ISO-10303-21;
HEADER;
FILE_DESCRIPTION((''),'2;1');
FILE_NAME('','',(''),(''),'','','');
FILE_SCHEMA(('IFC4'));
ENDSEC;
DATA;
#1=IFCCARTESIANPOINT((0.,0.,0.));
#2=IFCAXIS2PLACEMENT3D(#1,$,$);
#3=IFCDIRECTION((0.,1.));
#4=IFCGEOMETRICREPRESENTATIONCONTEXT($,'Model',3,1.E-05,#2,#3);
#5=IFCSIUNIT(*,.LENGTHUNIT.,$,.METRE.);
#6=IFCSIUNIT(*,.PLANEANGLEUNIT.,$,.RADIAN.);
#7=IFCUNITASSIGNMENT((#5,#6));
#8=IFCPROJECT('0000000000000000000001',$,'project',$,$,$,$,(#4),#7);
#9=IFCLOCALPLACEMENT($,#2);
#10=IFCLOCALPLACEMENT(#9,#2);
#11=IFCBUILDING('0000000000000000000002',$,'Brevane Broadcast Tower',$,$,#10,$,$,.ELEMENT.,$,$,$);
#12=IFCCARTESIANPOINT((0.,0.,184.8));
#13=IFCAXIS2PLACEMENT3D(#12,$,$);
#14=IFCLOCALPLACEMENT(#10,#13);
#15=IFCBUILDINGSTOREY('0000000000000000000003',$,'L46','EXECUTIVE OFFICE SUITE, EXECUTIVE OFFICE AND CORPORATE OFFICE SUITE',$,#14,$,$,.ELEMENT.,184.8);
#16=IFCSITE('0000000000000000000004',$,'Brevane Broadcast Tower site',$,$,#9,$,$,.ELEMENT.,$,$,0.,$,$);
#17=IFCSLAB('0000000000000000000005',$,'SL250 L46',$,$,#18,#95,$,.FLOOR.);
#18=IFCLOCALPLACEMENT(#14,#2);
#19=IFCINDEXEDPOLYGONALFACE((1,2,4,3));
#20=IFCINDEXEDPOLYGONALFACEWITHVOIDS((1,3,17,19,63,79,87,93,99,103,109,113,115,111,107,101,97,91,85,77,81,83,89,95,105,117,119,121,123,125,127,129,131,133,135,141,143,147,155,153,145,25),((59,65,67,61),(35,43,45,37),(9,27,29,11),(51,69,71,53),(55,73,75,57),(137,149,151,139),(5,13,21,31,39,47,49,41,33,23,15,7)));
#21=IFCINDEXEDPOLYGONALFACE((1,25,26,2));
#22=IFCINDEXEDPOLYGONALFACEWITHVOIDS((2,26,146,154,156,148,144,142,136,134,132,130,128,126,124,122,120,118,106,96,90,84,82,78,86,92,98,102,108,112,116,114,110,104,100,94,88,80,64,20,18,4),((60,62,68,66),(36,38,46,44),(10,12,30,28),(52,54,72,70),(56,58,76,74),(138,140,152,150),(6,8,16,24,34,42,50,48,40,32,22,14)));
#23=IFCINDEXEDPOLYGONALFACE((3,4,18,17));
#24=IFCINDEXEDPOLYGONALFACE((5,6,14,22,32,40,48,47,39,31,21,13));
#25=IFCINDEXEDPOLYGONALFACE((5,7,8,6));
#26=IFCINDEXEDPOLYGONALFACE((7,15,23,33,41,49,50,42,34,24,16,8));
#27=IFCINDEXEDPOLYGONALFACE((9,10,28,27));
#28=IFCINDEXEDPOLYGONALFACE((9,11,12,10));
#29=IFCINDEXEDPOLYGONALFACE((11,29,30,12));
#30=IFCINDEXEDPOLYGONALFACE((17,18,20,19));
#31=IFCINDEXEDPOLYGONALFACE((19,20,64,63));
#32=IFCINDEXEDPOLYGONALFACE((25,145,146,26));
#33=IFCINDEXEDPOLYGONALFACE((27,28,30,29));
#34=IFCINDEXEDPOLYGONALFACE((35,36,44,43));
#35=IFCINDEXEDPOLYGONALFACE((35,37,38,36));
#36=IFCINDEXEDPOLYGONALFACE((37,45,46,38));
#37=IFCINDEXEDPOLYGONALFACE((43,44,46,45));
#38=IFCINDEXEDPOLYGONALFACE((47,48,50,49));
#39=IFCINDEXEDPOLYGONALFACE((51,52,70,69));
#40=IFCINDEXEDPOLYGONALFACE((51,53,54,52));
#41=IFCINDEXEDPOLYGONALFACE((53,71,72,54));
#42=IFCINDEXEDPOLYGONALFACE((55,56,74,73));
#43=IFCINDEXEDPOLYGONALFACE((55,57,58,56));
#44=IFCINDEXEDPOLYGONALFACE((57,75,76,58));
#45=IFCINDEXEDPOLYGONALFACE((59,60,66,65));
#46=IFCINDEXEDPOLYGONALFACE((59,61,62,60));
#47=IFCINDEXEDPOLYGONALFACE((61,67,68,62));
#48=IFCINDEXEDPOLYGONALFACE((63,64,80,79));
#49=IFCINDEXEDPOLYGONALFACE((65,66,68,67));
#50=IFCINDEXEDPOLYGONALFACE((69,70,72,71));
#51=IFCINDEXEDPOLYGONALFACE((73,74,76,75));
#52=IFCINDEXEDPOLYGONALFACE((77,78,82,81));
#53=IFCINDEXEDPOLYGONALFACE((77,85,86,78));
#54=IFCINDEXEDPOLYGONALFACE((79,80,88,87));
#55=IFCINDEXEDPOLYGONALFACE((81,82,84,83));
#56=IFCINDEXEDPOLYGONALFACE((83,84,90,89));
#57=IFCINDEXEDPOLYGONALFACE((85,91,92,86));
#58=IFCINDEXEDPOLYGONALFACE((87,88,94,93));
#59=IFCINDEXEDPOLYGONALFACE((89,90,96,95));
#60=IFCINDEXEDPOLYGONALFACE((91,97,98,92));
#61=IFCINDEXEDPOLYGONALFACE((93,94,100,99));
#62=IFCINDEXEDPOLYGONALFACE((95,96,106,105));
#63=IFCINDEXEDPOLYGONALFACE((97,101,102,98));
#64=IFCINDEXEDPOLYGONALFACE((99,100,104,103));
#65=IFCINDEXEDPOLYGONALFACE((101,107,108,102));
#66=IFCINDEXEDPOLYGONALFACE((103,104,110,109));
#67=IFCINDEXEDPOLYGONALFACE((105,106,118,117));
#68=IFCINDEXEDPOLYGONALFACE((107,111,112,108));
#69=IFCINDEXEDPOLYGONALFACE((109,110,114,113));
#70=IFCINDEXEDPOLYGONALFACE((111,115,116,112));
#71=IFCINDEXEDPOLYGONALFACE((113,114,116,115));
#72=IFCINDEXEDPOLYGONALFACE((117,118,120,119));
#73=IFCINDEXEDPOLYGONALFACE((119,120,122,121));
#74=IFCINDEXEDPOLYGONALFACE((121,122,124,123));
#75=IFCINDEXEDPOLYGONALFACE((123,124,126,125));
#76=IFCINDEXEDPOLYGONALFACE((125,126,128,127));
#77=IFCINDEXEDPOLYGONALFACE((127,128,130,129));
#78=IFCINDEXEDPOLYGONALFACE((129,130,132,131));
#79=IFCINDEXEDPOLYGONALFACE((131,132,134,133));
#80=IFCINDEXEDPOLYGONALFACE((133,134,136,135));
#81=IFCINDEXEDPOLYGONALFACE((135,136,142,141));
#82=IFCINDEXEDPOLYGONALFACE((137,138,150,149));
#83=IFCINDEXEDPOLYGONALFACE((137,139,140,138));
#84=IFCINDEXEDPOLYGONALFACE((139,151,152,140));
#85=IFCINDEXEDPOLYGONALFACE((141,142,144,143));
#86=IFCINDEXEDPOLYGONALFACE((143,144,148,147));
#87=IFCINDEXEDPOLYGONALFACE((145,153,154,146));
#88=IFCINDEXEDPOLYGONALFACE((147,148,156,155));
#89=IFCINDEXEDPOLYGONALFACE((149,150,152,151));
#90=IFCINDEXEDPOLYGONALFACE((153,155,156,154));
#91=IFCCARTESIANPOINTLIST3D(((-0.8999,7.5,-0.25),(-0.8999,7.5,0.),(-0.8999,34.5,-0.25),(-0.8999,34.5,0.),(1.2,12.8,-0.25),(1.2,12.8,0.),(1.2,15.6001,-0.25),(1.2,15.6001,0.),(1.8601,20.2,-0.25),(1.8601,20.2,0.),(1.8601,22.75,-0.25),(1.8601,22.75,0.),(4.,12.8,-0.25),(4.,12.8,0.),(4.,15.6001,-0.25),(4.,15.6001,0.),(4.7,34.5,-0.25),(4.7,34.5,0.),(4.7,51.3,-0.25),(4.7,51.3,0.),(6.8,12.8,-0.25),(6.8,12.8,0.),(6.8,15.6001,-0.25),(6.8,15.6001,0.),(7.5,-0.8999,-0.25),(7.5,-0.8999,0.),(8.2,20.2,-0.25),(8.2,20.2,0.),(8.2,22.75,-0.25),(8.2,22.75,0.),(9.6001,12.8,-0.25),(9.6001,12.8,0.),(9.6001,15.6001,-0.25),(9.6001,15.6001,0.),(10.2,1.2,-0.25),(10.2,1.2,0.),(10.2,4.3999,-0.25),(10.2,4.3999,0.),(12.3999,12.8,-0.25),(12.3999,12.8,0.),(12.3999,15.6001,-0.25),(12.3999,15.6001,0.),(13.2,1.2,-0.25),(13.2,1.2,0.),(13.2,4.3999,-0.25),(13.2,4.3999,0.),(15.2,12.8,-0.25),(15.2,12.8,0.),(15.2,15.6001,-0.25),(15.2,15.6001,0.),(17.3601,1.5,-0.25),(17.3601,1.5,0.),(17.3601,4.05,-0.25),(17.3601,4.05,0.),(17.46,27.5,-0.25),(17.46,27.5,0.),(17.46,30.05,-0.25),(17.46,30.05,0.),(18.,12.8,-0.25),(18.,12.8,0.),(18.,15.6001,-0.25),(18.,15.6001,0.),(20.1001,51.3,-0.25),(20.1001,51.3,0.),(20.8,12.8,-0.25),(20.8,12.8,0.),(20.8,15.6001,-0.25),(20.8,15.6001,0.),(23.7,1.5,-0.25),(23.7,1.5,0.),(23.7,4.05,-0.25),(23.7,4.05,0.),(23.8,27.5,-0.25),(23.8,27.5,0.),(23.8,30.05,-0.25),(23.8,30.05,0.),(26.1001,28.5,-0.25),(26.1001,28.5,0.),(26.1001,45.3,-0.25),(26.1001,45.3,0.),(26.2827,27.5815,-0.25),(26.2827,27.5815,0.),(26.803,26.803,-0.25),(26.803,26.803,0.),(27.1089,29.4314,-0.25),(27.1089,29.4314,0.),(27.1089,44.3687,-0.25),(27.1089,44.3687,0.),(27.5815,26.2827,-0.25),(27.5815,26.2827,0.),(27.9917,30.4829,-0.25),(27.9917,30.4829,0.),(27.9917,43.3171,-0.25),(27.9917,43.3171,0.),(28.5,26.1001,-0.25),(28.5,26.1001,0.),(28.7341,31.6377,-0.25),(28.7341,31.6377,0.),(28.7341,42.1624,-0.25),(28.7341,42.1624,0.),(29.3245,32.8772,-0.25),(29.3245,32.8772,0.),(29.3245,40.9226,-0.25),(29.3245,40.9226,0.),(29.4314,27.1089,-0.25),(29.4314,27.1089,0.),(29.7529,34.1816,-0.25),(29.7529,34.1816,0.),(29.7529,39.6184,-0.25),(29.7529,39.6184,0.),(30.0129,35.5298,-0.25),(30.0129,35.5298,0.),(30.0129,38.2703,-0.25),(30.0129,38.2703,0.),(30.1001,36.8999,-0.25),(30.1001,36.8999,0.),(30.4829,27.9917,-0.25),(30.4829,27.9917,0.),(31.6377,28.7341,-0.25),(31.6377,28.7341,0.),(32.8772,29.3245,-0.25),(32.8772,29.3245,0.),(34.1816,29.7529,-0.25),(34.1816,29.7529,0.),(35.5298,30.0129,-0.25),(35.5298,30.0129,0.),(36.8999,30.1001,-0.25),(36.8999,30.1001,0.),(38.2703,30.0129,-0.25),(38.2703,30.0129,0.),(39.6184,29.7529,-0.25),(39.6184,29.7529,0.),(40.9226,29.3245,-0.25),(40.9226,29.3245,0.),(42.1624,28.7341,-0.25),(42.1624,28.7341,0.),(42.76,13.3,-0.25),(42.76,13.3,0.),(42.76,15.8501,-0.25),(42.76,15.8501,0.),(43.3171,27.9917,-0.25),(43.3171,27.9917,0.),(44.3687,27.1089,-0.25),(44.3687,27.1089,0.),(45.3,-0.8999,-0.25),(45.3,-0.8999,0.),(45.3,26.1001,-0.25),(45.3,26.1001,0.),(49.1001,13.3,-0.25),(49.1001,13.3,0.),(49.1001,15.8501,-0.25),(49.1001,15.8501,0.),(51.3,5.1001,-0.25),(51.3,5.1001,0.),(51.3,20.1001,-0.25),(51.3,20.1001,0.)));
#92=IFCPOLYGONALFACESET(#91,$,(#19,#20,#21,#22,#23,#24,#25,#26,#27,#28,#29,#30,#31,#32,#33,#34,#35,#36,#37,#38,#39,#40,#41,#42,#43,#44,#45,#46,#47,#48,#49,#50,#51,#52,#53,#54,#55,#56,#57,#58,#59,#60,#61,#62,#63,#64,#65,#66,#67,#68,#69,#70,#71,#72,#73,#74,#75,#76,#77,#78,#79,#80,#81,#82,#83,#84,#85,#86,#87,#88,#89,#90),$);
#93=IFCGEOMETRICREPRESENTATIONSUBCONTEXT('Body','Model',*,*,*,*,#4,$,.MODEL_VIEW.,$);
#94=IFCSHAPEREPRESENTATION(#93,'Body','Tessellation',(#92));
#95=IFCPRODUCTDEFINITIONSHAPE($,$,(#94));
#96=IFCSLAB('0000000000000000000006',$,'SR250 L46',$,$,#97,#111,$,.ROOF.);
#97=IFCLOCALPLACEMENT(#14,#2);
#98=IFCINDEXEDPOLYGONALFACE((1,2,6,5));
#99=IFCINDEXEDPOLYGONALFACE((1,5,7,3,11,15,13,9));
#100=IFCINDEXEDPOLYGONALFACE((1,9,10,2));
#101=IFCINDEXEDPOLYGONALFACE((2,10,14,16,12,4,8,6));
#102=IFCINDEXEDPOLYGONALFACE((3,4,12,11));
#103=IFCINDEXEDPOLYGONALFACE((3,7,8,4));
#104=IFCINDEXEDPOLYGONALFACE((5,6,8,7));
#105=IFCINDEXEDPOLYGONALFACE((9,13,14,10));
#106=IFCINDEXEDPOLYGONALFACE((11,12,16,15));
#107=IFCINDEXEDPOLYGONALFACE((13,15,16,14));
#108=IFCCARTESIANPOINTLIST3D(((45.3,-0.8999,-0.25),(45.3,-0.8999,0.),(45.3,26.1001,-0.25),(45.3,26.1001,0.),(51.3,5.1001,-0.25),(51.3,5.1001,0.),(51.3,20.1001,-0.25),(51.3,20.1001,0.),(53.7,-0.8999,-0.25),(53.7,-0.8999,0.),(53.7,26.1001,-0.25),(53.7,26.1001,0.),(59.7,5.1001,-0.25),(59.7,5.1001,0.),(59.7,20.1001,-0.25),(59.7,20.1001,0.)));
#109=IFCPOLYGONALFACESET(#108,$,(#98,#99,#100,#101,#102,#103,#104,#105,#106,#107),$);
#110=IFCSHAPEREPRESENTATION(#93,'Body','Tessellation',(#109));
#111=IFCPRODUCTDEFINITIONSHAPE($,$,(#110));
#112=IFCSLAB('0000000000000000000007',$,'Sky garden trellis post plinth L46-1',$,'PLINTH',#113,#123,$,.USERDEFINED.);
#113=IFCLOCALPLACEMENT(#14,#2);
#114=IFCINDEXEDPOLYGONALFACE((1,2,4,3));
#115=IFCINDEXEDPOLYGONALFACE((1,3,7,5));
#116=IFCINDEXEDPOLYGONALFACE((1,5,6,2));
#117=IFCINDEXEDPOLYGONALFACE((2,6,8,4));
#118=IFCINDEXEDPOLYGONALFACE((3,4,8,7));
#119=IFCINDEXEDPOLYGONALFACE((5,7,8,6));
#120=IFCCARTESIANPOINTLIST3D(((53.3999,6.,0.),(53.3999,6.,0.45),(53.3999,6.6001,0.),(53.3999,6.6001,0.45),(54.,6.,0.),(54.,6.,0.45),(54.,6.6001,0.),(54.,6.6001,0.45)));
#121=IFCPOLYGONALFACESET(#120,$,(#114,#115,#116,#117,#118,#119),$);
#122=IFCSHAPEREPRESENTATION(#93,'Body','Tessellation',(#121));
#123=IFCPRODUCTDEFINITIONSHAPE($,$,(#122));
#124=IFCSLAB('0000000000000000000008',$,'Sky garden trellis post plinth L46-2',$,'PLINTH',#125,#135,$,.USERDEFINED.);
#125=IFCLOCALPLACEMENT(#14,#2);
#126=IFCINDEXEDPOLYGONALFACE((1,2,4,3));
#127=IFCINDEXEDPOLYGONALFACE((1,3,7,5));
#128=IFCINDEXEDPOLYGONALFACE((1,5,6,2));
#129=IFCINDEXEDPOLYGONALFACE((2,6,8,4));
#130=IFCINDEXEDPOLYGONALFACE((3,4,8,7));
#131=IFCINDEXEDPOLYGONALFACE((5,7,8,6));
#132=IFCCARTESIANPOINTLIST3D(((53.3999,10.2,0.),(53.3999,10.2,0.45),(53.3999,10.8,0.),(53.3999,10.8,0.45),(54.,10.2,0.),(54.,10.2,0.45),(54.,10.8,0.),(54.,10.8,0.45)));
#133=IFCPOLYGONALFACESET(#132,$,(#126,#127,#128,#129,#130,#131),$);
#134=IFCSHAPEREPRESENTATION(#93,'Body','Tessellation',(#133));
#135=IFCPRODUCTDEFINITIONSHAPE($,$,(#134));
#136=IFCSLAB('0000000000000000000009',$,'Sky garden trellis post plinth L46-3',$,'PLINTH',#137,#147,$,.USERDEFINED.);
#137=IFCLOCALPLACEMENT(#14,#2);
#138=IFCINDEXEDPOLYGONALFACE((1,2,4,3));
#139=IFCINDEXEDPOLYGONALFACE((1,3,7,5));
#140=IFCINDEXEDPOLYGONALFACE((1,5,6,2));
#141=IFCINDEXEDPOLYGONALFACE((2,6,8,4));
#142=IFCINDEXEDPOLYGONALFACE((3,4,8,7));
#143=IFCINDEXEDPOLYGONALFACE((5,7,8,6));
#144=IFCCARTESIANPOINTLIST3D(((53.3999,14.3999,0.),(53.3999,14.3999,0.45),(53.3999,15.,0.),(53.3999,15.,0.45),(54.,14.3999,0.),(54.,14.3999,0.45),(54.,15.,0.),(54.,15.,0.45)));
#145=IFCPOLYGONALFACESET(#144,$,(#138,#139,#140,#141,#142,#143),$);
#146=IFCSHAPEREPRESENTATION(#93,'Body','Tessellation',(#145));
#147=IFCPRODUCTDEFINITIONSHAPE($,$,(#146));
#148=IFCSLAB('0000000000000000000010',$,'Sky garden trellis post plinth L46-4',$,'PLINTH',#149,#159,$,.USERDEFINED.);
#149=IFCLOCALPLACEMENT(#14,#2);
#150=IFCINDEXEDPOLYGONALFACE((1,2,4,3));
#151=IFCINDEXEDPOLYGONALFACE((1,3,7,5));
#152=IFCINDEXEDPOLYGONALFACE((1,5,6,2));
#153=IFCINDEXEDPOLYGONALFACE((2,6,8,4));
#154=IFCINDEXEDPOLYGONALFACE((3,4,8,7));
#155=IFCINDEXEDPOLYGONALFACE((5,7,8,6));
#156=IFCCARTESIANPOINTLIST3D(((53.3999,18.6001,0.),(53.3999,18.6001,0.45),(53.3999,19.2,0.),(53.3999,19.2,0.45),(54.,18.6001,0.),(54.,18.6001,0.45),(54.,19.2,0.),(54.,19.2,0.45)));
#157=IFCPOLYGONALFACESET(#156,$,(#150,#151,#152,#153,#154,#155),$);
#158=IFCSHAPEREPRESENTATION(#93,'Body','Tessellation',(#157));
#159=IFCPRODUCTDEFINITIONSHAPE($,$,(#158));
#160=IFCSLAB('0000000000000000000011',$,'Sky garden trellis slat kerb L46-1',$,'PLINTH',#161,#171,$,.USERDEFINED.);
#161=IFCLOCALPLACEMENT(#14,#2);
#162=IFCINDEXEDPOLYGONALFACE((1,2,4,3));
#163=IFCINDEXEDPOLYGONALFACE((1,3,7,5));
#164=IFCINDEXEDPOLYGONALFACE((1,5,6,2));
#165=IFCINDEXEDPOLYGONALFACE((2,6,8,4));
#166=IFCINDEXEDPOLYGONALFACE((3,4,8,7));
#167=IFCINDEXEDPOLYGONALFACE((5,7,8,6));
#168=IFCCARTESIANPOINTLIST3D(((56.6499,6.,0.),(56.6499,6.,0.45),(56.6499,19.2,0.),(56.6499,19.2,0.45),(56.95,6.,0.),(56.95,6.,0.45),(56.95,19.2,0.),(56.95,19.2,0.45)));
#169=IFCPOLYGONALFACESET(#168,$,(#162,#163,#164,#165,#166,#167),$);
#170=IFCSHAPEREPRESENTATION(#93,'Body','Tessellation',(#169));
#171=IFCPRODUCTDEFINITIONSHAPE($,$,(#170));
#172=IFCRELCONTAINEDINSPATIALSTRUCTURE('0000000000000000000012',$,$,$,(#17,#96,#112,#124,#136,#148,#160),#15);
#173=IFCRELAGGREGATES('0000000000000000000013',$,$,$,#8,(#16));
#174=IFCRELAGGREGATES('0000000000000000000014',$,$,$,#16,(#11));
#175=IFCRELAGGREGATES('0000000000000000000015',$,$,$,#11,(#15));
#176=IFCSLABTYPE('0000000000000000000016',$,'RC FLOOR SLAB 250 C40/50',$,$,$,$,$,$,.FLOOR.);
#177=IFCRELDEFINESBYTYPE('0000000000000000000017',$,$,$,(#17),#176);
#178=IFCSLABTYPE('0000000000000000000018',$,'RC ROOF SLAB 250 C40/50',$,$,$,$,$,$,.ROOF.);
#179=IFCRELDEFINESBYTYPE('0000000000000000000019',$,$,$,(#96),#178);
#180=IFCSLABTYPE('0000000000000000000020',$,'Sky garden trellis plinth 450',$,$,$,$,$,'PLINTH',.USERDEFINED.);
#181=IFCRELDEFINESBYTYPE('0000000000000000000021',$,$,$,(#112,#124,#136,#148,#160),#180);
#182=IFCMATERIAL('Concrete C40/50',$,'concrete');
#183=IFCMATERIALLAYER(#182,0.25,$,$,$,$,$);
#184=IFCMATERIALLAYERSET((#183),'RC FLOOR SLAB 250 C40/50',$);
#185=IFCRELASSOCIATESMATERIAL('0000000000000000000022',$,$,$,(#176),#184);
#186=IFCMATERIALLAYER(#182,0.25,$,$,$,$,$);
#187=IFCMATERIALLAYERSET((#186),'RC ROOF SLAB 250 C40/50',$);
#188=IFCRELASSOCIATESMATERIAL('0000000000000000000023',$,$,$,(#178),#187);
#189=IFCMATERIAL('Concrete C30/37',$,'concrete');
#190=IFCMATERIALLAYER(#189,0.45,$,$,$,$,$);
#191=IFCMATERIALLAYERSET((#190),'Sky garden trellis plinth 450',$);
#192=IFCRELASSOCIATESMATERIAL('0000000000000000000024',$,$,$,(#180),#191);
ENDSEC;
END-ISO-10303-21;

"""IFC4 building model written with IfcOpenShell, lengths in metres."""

from ifc_helpers import new_model, si_unit, direction, frame, origin, place, context, subcontext, project, spatial, polyline, outline, extrude, material, layer, layer_set, type_object, element, save


model = new_model("IFC4")

# Units and contexts
model_context = context("Model", 3, precision=1e-05, world=origin(), true_north=direction((0.0, 1.0)))
body_context = subcontext(model_context, "Body", "Model", "MODEL_VIEW")
ifc_project = project(units=[si_unit("LENGTHUNIT", "METRE"), si_unit("PLANEANGLEUNIT", "RADIAN")], contexts=[model_context])

# Site, building, storey
site_placement = place(None, origin())
site = spatial("IfcSite", under=ifc_project, at=site_placement, Name="Brevane Broadcast Tower site", CompositionType="ELEMENT", RefElevation=0.0)
building_placement = place(site_placement, origin())
building = spatial("IfcBuilding", under=site, at=building_placement, Name="Brevane Broadcast Tower", CompositionType="ELEMENT")
storey_placement = place(building_placement, frame((0.0, 0.0, 184.8)))
storey = spatial("IfcBuildingStorey", under=building, at=storey_placement, Name="L46", Description="EXECUTIVE OFFICE SUITE, EXECUTIVE OFFICE AND CORPORATE OFFICE SUITE", CompositionType="ELEMENT", Elevation=184.8)

# Slabs
ifc_material_1 = material(Name="Concrete C40/50", Category="concrete")
ifc_layer_1 = layer(ifc_material_1, 0.25)
ifc_layer_set_1 = layer_set([ifc_layer_1], Name="RC FLOOR SLAB 250 C40/50")
slab_type_1 = type_object("IfcSlabType", Name="RC FLOOR SLAB 250 C40/50", PredefinedType="FLOOR", material=ifc_layer_set_1)
slab_1_placement = place(storey_placement, frame((0.0, 0.0, -0.25)))
element("IfcSlab", 1, at=slab_1_placement, inside=storey, type_object=slab_type_1, Name="SL250 L46", PredefinedType="FLOOR", context=body_context, shape_type="SweptSolid", body=[
    extrude(outline(polyline([(-0.8999, 7.5), (-0.8999, 34.5), (4.7, 34.5), (4.7, 51.3), (20.1001, 51.3), (26.1001, 45.3), (27.1089, 44.3687), (27.9917, 43.3171), (28.7341, 42.1624), (29.3245, 40.9226), (29.7529, 39.6184), (30.0129, 38.2703), (30.1001, 36.8999), (30.0129, 35.5298), (29.7529, 34.1816), (29.3245, 32.8772), (28.7341, 31.6377), (27.9917, 30.4829), (27.1089, 29.4314), (26.1001, 28.5), (26.2827, 27.5815), (26.803, 26.803), (27.5815, 26.2827), (28.5, 26.1001), (29.4314, 27.1089), (30.4829, 27.9917), (31.6377, 28.7341), (32.8772, 29.3245), (34.1816, 29.7529), (35.5298, 30.0129), (36.8999, 30.1001), (38.2703, 30.0129), (39.6184, 29.7529), (40.9226, 29.3245), (42.1624, 28.7341), (43.3171, 27.9917), (44.3687, 27.1089), (45.3, 26.1001), (51.3, 20.1001), (51.3, 5.1001), (45.3, -0.8999), (7.5, -0.8999), (-0.8999, 7.5)]), holes=[polyline([(13.2, 4.3999), (10.2, 4.3999), (10.2, 1.2), (13.2, 1.2), (13.2, 4.3999)]), polyline([(4.0, 15.6001), (1.2, 15.6001), (1.2, 12.8), (4.0, 12.8), (6.8, 12.8), (9.6001, 12.8), (12.3999, 12.8), (15.2, 12.8), (15.2, 15.6001), (12.3999, 15.6001), (9.6001, 15.6001), (6.8, 15.6001), (4.0, 15.6001)]), polyline([(1.8601, 22.75), (1.8601, 20.2), (8.2, 20.2), (8.2, 22.75), (1.8601, 22.75)]), polyline([(23.7, 4.05), (17.3601, 4.05), (17.3601, 1.5), (23.7, 1.5), (23.7, 4.05)]), polyline([(20.8, 15.6001), (18.0, 15.6001), (18.0, 12.8), (20.8, 12.8), (20.8, 15.6001)]), polyline([(49.1001, 15.8501), (42.76, 15.8501), (42.76, 13.3), (49.1001, 13.3), (49.1001, 15.8501)]), polyline([(23.8, 30.05), (17.46, 30.05), (17.46, 27.5), (23.8, 27.5), (23.8, 30.05)])]), origin(), (0.0, 0.0, 1.0), 0.25),
])
ifc_layer_2 = layer(ifc_material_1, 0.25)
ifc_layer_set_2 = layer_set([ifc_layer_2], Name="RC ROOF SLAB 250 C40/50")
slab_type_2 = type_object("IfcSlabType", Name="RC ROOF SLAB 250 C40/50", PredefinedType="ROOF", material=ifc_layer_set_2)
slab_2_placement = place(storey_placement, frame((0.0, 0.0, -0.25)))
element("IfcSlab", 2, at=slab_2_placement, inside=storey, type_object=slab_type_2, Name="SR250 L46", PredefinedType="ROOF", context=body_context, shape_type="SweptSolid", body=[
    extrude(outline(polyline([(59.7, 20.1001), (59.7, 5.1001), (53.7, -0.8999), (45.3, -0.8999), (51.3, 5.1001), (51.3, 20.1001), (45.3, 26.1001), (53.7, 26.1001), (59.7, 20.1001)])), origin(), (0.0, 0.0, 1.0), 0.25),
])
ifc_material_2 = material(Name="Concrete C30/37", Category="concrete")
ifc_layer_3 = layer(ifc_material_2, 0.45)
ifc_layer_set_3 = layer_set([ifc_layer_3], Name="Sky garden trellis plinth 450")
slab_type_3 = type_object("IfcSlabType", Name="Sky garden trellis plinth 450", ElementType="PLINTH", PredefinedType="USERDEFINED", material=ifc_layer_set_3)
slab_3_placement = place(storey_placement, origin())
element("IfcSlab", 3, at=slab_3_placement, inside=storey, type_object=slab_type_3, Name="Sky garden trellis post plinth L46-1", ObjectType="PLINTH", PredefinedType="USERDEFINED", context=body_context, shape_type="SweptSolid", body=[
    extrude(outline(polyline([(53.3999, 6.0), (54.0, 6.0), (54.0, 6.6001), (53.3999, 6.6001), (53.3999, 6.0)])), origin(), (0.0, 0.0, 1.0), 0.45),
])
slab_4_placement = place(storey_placement, origin())
element("IfcSlab", 4, at=slab_4_placement, inside=storey, type_object=slab_type_3, Name="Sky garden trellis post plinth L46-2", ObjectType="PLINTH", PredefinedType="USERDEFINED", context=body_context, shape_type="SweptSolid", body=[
    extrude(outline(polyline([(53.3999, 10.2), (54.0, 10.2), (54.0, 10.8), (53.3999, 10.8), (53.3999, 10.2)])), origin(), (0.0, 0.0, 1.0), 0.45),
])
slab_5_placement = place(storey_placement, origin())
element("IfcSlab", 5, at=slab_5_placement, inside=storey, type_object=slab_type_3, Name="Sky garden trellis post plinth L46-3", ObjectType="PLINTH", PredefinedType="USERDEFINED", context=body_context, shape_type="SweptSolid", body=[
    extrude(outline(polyline([(53.3999, 14.3999), (54.0, 14.3999), (54.0, 15.0), (53.3999, 15.0), (53.3999, 14.3999)])), origin(), (0.0, 0.0, 1.0), 0.45),
])
slab_6_placement = place(storey_placement, origin())
element("IfcSlab", 6, at=slab_6_placement, inside=storey, type_object=slab_type_3, Name="Sky garden trellis post plinth L46-4", ObjectType="PLINTH", PredefinedType="USERDEFINED", context=body_context, shape_type="SweptSolid", body=[
    extrude(outline(polyline([(53.3999, 18.6001), (54.0, 18.6001), (54.0, 19.2), (53.3999, 19.2), (53.3999, 18.6001)])), origin(), (0.0, 0.0, 1.0), 0.45),
])
slab_7_placement = place(storey_placement, origin())
element("IfcSlab", 7, at=slab_7_placement, inside=storey, type_object=slab_type_3, Name="Sky garden trellis slat kerb L46-1", ObjectType="PLINTH", PredefinedType="USERDEFINED", context=body_context, shape_type="SweptSolid", body=[
    extrude(outline(polyline([(56.6499, 6.0), (56.95, 6.0), (56.95, 19.2), (56.6499, 19.2), (56.6499, 6.0)])), origin(), (0.0, 0.0, 1.0), 0.45),
])

save(model, "model.ifc")
